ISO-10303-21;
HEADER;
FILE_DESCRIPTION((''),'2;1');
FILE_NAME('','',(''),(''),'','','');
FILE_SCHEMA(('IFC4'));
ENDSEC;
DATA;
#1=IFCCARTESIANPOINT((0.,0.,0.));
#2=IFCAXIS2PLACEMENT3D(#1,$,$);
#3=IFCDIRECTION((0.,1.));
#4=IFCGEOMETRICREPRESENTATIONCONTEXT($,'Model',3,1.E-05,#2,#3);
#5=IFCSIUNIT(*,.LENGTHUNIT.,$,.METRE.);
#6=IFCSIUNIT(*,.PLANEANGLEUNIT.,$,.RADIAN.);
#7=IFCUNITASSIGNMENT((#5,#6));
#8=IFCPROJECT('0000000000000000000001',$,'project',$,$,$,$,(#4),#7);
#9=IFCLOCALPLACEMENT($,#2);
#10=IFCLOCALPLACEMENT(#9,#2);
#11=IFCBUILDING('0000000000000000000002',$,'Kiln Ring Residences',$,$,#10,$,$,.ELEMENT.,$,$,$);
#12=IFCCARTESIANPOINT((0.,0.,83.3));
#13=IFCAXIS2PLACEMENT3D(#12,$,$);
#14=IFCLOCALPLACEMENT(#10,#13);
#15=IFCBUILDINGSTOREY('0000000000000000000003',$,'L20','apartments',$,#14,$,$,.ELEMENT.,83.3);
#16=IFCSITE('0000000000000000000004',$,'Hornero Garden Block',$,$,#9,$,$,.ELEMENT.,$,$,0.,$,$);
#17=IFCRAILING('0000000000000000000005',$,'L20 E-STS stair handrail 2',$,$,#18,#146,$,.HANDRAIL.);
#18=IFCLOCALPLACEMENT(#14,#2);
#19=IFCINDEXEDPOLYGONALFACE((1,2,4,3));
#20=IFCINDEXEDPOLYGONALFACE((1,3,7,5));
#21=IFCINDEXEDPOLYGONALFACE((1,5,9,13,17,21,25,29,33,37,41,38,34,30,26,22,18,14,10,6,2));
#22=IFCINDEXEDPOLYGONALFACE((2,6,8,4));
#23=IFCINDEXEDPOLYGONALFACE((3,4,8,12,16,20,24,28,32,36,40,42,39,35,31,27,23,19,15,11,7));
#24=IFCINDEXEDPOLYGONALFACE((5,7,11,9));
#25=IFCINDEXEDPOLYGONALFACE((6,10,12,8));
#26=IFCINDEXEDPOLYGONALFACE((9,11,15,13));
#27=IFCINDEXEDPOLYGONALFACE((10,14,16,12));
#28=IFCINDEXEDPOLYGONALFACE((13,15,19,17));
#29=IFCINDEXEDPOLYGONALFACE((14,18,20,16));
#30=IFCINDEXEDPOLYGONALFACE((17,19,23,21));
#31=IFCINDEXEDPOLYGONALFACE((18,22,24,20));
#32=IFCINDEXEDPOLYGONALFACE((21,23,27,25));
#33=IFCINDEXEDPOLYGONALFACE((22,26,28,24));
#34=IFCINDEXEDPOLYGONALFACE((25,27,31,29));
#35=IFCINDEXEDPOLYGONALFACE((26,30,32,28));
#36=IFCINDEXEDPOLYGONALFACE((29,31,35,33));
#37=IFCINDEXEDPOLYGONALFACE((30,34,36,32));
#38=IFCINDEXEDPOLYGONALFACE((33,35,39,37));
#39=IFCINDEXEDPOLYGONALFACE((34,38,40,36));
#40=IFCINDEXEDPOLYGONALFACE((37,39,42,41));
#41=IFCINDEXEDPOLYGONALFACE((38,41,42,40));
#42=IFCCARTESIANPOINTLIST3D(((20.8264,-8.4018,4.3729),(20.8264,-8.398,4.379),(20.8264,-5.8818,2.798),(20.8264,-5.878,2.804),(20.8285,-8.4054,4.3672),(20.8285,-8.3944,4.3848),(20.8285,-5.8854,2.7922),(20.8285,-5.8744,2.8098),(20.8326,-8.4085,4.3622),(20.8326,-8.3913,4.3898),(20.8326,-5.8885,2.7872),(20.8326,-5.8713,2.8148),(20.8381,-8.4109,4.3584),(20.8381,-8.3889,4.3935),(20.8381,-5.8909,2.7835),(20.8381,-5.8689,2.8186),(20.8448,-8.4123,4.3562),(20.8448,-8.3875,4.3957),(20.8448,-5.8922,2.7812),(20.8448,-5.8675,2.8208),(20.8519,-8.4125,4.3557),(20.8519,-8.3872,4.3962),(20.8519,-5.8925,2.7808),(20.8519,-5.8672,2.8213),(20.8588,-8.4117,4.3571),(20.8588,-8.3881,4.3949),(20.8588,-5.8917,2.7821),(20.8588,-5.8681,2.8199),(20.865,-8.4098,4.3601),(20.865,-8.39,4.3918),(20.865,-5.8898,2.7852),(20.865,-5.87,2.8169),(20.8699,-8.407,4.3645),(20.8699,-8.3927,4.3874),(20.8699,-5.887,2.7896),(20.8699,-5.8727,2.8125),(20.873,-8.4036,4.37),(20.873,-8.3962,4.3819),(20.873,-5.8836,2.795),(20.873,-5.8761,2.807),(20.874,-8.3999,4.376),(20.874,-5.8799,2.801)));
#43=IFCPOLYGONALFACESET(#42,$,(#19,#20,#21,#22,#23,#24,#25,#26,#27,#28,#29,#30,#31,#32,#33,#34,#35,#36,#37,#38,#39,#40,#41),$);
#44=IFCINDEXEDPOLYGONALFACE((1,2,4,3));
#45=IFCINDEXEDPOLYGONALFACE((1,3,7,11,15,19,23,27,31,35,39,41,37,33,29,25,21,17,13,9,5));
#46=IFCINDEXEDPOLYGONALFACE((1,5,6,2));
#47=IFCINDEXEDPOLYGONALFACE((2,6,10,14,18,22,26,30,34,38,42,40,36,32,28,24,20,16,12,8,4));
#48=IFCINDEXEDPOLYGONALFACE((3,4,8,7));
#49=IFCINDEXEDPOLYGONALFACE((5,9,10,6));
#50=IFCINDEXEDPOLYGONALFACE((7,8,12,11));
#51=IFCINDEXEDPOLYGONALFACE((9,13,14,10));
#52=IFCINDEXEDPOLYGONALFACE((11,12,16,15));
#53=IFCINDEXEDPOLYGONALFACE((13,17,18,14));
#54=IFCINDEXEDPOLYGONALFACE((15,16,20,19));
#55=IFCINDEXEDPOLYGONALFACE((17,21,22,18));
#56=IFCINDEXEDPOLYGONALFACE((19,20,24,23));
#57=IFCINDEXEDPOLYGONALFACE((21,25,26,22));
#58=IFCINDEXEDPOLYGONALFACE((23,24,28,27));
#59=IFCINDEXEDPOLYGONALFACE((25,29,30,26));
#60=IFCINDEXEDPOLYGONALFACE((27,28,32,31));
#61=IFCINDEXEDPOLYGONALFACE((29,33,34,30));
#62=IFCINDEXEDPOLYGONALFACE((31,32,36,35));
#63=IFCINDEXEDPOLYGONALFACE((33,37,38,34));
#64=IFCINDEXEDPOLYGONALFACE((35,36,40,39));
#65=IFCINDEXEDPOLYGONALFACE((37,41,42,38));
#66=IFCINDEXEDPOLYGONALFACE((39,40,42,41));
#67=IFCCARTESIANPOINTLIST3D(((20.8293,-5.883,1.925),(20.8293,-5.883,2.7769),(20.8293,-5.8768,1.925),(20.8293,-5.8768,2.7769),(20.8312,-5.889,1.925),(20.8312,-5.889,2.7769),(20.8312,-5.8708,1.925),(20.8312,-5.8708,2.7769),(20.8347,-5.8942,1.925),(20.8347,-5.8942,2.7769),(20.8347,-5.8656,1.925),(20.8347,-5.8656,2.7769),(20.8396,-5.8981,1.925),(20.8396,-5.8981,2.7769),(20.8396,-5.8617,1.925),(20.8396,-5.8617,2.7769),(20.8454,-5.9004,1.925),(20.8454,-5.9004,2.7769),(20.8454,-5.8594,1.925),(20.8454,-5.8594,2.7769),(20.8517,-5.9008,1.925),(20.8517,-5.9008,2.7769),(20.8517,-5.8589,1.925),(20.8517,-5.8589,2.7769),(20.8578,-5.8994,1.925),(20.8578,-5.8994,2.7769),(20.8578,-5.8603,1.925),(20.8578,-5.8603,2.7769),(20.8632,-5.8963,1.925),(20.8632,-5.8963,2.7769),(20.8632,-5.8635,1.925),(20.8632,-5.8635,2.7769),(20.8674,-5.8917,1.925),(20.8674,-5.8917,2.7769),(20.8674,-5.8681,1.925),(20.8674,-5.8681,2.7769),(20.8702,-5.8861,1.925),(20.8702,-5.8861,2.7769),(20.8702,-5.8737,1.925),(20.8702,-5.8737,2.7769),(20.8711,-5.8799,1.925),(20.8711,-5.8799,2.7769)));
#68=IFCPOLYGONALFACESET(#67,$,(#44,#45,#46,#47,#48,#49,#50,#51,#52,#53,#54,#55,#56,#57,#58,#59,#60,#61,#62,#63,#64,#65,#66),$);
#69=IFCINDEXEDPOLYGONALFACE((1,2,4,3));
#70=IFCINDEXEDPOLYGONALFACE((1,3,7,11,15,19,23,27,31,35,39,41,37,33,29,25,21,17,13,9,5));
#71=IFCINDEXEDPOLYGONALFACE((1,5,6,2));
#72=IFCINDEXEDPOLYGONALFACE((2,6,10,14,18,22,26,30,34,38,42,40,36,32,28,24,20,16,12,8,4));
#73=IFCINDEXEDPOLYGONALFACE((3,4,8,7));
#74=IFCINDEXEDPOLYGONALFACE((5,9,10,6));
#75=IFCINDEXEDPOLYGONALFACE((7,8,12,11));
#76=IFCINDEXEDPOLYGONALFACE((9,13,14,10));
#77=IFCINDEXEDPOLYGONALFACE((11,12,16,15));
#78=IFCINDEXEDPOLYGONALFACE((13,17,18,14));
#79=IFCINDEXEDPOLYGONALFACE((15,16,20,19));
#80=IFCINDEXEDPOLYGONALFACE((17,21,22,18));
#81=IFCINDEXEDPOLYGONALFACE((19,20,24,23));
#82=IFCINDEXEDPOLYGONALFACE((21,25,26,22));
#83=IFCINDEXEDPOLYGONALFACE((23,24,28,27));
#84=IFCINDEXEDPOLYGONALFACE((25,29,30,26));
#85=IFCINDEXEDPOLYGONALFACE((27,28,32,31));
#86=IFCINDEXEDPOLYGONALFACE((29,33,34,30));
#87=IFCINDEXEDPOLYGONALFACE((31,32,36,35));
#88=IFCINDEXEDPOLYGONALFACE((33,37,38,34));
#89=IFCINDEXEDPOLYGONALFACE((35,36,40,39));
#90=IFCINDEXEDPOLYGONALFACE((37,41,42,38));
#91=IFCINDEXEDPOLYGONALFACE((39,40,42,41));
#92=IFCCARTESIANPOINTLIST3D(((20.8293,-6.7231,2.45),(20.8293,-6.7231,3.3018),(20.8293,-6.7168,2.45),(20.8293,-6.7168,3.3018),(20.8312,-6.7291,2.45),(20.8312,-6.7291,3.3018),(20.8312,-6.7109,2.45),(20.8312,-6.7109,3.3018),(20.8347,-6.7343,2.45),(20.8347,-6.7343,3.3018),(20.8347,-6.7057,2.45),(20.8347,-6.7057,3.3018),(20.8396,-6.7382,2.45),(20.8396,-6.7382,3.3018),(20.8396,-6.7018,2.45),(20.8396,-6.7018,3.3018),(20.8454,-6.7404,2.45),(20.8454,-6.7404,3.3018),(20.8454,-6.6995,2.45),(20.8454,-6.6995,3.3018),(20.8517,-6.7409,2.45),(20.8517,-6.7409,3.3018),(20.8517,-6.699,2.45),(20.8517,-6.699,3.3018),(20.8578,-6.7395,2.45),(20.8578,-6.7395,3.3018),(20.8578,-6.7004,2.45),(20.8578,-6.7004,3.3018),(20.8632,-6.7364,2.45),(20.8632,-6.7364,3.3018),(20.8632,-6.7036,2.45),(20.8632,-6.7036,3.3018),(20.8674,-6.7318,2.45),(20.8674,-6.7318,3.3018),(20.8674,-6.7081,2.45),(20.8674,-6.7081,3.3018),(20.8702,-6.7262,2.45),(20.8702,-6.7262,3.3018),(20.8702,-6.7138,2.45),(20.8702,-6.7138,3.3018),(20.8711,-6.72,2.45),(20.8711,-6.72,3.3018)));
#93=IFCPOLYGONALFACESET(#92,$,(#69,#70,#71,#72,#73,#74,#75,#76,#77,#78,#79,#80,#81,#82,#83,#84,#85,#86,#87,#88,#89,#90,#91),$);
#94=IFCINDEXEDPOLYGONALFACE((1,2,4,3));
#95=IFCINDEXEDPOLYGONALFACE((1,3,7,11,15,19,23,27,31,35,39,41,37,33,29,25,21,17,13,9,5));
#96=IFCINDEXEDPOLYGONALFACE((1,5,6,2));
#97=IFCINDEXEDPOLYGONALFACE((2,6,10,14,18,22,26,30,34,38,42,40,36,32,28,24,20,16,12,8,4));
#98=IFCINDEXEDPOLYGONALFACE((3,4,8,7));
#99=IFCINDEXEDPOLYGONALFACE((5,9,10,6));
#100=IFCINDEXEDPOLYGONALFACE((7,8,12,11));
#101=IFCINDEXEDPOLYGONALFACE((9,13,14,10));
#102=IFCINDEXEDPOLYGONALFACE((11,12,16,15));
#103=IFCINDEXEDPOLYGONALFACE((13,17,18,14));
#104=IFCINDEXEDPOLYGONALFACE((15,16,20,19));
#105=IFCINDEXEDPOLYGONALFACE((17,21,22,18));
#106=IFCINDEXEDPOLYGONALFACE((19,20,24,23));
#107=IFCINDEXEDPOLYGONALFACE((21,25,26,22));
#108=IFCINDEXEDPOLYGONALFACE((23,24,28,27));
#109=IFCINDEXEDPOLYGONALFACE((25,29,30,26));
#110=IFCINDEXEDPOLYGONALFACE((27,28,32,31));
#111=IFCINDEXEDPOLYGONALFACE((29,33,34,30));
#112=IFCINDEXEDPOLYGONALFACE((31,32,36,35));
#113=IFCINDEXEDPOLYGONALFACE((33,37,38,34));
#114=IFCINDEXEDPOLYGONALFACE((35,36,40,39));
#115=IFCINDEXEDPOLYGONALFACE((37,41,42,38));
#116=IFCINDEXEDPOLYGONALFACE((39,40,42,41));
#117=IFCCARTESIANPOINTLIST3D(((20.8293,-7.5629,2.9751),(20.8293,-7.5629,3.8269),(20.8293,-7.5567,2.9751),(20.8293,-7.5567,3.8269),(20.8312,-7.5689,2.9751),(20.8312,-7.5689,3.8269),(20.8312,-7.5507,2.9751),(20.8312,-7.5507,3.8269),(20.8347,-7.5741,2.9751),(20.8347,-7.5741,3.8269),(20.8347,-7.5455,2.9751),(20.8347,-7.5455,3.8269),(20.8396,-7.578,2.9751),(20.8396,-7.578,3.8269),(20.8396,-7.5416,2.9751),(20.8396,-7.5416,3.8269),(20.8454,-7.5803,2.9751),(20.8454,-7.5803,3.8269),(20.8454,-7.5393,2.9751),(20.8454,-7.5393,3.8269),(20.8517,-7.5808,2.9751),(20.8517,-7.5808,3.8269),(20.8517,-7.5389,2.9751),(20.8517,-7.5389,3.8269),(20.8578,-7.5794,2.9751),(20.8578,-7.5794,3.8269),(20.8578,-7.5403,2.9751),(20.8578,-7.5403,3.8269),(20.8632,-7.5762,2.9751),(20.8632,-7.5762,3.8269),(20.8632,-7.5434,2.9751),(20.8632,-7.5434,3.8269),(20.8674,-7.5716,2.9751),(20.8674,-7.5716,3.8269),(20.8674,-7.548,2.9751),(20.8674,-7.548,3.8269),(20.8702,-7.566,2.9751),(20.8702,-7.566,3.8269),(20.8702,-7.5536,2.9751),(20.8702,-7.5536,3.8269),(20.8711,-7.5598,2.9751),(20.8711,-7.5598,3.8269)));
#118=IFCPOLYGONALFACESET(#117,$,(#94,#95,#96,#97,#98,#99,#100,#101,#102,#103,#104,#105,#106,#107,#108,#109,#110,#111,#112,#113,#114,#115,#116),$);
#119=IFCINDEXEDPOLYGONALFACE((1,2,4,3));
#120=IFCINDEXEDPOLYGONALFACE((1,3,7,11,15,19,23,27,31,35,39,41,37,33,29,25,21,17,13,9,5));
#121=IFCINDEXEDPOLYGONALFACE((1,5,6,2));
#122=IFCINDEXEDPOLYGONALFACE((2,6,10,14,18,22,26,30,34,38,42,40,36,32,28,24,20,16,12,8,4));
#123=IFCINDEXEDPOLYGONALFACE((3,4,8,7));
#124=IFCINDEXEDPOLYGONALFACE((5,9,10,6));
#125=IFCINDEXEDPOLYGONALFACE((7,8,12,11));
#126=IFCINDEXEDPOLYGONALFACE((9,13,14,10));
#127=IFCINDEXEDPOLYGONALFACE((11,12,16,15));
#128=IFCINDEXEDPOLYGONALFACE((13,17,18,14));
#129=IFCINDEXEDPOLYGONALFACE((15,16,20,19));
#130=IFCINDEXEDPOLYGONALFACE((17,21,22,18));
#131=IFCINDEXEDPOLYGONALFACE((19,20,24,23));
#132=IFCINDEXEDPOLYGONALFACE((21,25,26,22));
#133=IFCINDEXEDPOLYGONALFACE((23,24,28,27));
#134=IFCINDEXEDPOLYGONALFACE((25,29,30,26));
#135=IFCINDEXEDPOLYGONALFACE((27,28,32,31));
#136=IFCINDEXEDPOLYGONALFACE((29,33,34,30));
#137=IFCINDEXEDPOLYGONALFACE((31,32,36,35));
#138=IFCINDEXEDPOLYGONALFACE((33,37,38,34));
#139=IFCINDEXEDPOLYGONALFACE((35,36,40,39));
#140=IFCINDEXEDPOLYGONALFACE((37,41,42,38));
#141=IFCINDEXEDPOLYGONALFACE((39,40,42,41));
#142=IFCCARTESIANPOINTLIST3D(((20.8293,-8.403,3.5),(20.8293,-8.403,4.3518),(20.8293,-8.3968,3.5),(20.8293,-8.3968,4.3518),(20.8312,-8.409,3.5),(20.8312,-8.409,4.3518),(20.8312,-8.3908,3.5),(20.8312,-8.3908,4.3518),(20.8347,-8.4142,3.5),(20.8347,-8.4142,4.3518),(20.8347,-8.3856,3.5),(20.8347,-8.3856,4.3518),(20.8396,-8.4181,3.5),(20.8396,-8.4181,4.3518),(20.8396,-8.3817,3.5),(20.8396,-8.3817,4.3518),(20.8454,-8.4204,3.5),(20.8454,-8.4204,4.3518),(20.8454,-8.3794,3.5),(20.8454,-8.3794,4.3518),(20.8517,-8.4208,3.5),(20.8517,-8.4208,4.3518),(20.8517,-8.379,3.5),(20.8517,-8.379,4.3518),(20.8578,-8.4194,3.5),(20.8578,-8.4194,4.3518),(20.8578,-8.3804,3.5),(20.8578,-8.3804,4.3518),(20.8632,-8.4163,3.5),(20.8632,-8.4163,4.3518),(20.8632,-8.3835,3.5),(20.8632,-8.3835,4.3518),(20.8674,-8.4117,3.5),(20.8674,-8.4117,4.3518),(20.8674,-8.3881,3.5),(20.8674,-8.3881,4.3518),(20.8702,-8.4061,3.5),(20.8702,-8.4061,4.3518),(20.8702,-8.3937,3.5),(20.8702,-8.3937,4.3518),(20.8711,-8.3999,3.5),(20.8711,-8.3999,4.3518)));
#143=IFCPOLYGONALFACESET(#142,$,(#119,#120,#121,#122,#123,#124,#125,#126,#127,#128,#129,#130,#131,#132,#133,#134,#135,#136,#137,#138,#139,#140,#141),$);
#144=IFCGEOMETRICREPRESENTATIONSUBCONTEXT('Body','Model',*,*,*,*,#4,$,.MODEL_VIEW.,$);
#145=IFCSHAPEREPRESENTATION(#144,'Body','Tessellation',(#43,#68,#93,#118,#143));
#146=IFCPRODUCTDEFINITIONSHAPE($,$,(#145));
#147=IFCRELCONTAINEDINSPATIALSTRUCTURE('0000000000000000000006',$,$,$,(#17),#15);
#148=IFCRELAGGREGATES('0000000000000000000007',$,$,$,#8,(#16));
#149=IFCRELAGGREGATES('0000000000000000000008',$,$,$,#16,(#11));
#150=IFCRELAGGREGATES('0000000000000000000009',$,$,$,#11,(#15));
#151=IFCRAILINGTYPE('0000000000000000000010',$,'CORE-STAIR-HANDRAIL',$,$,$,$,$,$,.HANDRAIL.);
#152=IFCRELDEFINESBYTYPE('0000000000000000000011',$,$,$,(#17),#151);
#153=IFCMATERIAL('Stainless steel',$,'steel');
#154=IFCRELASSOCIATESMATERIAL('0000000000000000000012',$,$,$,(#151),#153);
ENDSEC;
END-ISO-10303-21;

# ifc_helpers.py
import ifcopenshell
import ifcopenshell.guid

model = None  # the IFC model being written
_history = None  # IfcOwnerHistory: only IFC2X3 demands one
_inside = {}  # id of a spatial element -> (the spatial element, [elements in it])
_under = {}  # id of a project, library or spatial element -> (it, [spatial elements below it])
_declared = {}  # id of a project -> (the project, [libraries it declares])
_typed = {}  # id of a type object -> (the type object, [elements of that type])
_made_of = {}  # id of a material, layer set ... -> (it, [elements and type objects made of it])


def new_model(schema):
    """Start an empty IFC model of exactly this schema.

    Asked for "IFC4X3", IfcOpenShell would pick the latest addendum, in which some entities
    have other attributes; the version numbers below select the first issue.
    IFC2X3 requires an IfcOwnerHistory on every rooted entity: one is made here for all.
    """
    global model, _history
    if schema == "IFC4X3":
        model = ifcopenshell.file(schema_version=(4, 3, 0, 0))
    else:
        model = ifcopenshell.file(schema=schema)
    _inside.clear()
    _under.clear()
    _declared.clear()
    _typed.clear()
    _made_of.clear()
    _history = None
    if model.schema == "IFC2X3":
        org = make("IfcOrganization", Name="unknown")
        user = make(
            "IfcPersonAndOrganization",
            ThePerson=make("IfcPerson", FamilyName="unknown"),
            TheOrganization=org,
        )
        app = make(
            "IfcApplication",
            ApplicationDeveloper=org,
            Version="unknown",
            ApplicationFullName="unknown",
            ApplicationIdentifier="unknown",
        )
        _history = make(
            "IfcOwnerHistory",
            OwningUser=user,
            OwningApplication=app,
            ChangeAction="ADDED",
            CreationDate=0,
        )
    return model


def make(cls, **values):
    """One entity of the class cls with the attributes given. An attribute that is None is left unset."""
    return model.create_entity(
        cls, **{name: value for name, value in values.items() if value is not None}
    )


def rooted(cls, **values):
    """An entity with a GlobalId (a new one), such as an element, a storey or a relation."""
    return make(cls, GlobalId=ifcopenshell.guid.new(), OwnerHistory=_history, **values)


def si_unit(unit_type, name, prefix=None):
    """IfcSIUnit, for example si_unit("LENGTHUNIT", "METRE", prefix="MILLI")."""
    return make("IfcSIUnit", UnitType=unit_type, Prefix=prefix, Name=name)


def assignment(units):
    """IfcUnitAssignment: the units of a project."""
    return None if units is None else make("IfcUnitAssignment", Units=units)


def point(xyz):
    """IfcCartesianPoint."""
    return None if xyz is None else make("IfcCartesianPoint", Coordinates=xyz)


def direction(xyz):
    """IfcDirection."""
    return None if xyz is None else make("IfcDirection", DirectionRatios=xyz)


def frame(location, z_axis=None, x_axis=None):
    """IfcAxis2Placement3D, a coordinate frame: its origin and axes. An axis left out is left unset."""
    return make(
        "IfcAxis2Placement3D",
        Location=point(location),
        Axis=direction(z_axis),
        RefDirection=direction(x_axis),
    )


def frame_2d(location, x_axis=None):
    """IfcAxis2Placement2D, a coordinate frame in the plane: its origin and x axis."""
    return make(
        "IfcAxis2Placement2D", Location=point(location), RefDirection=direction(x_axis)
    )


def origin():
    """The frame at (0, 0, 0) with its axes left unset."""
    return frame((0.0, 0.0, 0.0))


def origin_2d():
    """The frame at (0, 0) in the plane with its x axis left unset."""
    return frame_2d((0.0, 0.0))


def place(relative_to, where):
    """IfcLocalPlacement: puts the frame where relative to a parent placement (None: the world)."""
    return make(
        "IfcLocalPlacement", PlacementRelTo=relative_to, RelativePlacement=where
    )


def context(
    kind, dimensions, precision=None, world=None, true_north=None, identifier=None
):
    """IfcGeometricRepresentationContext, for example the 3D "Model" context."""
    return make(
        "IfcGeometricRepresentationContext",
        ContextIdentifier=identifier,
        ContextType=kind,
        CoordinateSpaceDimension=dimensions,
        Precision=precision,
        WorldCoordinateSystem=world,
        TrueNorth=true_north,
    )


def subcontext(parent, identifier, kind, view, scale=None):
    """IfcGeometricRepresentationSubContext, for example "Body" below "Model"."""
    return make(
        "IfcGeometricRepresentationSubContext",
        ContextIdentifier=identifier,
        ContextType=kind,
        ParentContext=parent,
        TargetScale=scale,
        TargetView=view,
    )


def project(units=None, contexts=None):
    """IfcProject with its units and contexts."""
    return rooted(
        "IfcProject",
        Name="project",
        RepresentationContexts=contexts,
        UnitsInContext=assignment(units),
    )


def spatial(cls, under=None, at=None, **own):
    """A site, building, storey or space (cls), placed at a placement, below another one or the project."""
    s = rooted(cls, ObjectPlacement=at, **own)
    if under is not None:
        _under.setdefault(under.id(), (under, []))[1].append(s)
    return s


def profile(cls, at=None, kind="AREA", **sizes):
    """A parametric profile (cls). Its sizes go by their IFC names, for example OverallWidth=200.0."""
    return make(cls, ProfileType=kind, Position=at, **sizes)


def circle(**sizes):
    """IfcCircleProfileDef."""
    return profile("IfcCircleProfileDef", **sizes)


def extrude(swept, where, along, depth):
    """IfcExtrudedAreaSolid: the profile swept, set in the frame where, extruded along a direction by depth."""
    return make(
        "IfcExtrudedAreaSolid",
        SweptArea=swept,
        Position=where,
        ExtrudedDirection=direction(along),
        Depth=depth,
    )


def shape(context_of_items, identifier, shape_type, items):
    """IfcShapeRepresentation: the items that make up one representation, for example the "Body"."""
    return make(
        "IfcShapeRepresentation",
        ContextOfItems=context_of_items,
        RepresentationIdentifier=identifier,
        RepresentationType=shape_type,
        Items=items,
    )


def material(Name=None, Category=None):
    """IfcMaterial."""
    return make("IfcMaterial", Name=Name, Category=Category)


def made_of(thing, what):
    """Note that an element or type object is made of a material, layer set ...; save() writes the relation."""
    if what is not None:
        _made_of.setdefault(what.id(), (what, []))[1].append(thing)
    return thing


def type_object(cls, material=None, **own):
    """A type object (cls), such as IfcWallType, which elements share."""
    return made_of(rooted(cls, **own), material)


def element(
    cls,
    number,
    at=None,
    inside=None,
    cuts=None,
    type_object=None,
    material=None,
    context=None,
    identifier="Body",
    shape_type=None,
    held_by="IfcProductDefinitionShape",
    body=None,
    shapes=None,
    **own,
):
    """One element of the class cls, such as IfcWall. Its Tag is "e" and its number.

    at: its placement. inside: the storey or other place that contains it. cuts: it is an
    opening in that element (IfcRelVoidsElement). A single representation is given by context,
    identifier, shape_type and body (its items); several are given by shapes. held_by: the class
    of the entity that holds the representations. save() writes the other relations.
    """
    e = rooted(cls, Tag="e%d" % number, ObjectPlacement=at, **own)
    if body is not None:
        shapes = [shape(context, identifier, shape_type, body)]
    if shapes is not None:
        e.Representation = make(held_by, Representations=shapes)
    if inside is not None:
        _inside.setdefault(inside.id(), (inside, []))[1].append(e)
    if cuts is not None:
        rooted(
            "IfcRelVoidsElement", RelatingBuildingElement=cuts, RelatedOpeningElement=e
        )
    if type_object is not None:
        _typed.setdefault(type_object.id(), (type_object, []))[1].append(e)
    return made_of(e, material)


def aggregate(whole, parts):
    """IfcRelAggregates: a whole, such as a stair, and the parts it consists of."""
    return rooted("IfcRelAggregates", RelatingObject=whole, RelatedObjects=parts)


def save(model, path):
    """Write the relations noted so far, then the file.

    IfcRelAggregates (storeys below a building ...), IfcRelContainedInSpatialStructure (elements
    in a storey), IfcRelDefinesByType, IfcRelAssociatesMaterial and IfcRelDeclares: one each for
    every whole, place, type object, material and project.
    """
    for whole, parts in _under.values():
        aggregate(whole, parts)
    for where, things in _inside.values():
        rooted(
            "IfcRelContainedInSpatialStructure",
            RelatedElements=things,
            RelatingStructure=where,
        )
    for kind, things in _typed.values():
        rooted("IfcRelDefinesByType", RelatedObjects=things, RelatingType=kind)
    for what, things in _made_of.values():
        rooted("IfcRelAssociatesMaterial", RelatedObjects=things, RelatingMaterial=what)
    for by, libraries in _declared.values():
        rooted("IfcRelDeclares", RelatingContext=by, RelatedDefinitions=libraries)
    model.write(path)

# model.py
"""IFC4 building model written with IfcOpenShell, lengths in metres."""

from ifc_helpers import new_model, si_unit, direction, frame, origin, origin_2d, place, context, subcontext, project, spatial, circle, extrude, material, type_object, element, save


model = new_model("IFC4")

# Units and contexts
model_context = context("Model", 3, precision=1e-05, world=origin(), true_north=direction((0.0, 1.0)))
body_context = subcontext(model_context, "Body", "Model", "MODEL_VIEW")
ifc_project = project(units=[si_unit("LENGTHUNIT", "METRE"), si_unit("PLANEANGLEUNIT", "RADIAN")], contexts=[model_context])

# Site, building, storey
site_placement = place(None, origin())
site = spatial("IfcSite", under=ifc_project, at=site_placement, Name="Hornero Garden Block", CompositionType="ELEMENT", RefElevation=0.0)
building_placement = place(site_placement, origin())
building = spatial("IfcBuilding", under=site, at=building_placement, Name="Kiln Ring Residences", CompositionType="ELEMENT")
storey_placement = place(building_placement, frame((0.0, 0.0, 83.3)))
storey = spatial("IfcBuildingStorey", under=building, at=storey_placement, Name="L20", Description="apartments", CompositionType="ELEMENT", Elevation=83.3)

# Railing
ifc_material_1 = material(Name="Stainless steel", Category="steel")
railing_type_1 = type_object("IfcRailingType", Name="CORE-STAIR-HANDRAIL", PredefinedType="HANDRAIL", material=ifc_material_1)
railing_1_placement = place(storey_placement, frame((20.8501, -5.8799, 1.925)))
element("IfcRailing", 1, at=railing_1_placement, inside=storey, type_object=railing_type_1, Name="L20 E-STS stair handrail 2", PredefinedType="HANDRAIL", context=body_context, shape_type="SweptSolid", body=[
    extrude(circle(Radius=0.0239, at=origin_2d()), frame((0.0, 0.0, 0.876), z_axis=(0.0, -0.848008, 0.529984), x_axis=(1.0, 0.0, 0.0)), (0.0, 0.0, 1.0), 2.9717),
    extrude(circle(Radius=0.021, at=origin_2d()), origin(), (0.0, 0.0, 1.0), 0.8518),
    extrude(circle(Radius=0.021, at=origin_2d()), frame((0.0, -0.8401, 0.5249)), (0.0, 0.0, 1.0), 0.8518),
    extrude(circle(Radius=0.021, at=origin_2d()), frame((0.0, -1.6799, 1.05)), (0.0, 0.0, 1.0), 0.8518),
    extrude(circle(Radius=0.021, at=origin_2d()), frame((0.0, -2.52, 1.575)), (0.0, 0.0, 1.0), 0.8518),
])

save(model, "model.ifc")
